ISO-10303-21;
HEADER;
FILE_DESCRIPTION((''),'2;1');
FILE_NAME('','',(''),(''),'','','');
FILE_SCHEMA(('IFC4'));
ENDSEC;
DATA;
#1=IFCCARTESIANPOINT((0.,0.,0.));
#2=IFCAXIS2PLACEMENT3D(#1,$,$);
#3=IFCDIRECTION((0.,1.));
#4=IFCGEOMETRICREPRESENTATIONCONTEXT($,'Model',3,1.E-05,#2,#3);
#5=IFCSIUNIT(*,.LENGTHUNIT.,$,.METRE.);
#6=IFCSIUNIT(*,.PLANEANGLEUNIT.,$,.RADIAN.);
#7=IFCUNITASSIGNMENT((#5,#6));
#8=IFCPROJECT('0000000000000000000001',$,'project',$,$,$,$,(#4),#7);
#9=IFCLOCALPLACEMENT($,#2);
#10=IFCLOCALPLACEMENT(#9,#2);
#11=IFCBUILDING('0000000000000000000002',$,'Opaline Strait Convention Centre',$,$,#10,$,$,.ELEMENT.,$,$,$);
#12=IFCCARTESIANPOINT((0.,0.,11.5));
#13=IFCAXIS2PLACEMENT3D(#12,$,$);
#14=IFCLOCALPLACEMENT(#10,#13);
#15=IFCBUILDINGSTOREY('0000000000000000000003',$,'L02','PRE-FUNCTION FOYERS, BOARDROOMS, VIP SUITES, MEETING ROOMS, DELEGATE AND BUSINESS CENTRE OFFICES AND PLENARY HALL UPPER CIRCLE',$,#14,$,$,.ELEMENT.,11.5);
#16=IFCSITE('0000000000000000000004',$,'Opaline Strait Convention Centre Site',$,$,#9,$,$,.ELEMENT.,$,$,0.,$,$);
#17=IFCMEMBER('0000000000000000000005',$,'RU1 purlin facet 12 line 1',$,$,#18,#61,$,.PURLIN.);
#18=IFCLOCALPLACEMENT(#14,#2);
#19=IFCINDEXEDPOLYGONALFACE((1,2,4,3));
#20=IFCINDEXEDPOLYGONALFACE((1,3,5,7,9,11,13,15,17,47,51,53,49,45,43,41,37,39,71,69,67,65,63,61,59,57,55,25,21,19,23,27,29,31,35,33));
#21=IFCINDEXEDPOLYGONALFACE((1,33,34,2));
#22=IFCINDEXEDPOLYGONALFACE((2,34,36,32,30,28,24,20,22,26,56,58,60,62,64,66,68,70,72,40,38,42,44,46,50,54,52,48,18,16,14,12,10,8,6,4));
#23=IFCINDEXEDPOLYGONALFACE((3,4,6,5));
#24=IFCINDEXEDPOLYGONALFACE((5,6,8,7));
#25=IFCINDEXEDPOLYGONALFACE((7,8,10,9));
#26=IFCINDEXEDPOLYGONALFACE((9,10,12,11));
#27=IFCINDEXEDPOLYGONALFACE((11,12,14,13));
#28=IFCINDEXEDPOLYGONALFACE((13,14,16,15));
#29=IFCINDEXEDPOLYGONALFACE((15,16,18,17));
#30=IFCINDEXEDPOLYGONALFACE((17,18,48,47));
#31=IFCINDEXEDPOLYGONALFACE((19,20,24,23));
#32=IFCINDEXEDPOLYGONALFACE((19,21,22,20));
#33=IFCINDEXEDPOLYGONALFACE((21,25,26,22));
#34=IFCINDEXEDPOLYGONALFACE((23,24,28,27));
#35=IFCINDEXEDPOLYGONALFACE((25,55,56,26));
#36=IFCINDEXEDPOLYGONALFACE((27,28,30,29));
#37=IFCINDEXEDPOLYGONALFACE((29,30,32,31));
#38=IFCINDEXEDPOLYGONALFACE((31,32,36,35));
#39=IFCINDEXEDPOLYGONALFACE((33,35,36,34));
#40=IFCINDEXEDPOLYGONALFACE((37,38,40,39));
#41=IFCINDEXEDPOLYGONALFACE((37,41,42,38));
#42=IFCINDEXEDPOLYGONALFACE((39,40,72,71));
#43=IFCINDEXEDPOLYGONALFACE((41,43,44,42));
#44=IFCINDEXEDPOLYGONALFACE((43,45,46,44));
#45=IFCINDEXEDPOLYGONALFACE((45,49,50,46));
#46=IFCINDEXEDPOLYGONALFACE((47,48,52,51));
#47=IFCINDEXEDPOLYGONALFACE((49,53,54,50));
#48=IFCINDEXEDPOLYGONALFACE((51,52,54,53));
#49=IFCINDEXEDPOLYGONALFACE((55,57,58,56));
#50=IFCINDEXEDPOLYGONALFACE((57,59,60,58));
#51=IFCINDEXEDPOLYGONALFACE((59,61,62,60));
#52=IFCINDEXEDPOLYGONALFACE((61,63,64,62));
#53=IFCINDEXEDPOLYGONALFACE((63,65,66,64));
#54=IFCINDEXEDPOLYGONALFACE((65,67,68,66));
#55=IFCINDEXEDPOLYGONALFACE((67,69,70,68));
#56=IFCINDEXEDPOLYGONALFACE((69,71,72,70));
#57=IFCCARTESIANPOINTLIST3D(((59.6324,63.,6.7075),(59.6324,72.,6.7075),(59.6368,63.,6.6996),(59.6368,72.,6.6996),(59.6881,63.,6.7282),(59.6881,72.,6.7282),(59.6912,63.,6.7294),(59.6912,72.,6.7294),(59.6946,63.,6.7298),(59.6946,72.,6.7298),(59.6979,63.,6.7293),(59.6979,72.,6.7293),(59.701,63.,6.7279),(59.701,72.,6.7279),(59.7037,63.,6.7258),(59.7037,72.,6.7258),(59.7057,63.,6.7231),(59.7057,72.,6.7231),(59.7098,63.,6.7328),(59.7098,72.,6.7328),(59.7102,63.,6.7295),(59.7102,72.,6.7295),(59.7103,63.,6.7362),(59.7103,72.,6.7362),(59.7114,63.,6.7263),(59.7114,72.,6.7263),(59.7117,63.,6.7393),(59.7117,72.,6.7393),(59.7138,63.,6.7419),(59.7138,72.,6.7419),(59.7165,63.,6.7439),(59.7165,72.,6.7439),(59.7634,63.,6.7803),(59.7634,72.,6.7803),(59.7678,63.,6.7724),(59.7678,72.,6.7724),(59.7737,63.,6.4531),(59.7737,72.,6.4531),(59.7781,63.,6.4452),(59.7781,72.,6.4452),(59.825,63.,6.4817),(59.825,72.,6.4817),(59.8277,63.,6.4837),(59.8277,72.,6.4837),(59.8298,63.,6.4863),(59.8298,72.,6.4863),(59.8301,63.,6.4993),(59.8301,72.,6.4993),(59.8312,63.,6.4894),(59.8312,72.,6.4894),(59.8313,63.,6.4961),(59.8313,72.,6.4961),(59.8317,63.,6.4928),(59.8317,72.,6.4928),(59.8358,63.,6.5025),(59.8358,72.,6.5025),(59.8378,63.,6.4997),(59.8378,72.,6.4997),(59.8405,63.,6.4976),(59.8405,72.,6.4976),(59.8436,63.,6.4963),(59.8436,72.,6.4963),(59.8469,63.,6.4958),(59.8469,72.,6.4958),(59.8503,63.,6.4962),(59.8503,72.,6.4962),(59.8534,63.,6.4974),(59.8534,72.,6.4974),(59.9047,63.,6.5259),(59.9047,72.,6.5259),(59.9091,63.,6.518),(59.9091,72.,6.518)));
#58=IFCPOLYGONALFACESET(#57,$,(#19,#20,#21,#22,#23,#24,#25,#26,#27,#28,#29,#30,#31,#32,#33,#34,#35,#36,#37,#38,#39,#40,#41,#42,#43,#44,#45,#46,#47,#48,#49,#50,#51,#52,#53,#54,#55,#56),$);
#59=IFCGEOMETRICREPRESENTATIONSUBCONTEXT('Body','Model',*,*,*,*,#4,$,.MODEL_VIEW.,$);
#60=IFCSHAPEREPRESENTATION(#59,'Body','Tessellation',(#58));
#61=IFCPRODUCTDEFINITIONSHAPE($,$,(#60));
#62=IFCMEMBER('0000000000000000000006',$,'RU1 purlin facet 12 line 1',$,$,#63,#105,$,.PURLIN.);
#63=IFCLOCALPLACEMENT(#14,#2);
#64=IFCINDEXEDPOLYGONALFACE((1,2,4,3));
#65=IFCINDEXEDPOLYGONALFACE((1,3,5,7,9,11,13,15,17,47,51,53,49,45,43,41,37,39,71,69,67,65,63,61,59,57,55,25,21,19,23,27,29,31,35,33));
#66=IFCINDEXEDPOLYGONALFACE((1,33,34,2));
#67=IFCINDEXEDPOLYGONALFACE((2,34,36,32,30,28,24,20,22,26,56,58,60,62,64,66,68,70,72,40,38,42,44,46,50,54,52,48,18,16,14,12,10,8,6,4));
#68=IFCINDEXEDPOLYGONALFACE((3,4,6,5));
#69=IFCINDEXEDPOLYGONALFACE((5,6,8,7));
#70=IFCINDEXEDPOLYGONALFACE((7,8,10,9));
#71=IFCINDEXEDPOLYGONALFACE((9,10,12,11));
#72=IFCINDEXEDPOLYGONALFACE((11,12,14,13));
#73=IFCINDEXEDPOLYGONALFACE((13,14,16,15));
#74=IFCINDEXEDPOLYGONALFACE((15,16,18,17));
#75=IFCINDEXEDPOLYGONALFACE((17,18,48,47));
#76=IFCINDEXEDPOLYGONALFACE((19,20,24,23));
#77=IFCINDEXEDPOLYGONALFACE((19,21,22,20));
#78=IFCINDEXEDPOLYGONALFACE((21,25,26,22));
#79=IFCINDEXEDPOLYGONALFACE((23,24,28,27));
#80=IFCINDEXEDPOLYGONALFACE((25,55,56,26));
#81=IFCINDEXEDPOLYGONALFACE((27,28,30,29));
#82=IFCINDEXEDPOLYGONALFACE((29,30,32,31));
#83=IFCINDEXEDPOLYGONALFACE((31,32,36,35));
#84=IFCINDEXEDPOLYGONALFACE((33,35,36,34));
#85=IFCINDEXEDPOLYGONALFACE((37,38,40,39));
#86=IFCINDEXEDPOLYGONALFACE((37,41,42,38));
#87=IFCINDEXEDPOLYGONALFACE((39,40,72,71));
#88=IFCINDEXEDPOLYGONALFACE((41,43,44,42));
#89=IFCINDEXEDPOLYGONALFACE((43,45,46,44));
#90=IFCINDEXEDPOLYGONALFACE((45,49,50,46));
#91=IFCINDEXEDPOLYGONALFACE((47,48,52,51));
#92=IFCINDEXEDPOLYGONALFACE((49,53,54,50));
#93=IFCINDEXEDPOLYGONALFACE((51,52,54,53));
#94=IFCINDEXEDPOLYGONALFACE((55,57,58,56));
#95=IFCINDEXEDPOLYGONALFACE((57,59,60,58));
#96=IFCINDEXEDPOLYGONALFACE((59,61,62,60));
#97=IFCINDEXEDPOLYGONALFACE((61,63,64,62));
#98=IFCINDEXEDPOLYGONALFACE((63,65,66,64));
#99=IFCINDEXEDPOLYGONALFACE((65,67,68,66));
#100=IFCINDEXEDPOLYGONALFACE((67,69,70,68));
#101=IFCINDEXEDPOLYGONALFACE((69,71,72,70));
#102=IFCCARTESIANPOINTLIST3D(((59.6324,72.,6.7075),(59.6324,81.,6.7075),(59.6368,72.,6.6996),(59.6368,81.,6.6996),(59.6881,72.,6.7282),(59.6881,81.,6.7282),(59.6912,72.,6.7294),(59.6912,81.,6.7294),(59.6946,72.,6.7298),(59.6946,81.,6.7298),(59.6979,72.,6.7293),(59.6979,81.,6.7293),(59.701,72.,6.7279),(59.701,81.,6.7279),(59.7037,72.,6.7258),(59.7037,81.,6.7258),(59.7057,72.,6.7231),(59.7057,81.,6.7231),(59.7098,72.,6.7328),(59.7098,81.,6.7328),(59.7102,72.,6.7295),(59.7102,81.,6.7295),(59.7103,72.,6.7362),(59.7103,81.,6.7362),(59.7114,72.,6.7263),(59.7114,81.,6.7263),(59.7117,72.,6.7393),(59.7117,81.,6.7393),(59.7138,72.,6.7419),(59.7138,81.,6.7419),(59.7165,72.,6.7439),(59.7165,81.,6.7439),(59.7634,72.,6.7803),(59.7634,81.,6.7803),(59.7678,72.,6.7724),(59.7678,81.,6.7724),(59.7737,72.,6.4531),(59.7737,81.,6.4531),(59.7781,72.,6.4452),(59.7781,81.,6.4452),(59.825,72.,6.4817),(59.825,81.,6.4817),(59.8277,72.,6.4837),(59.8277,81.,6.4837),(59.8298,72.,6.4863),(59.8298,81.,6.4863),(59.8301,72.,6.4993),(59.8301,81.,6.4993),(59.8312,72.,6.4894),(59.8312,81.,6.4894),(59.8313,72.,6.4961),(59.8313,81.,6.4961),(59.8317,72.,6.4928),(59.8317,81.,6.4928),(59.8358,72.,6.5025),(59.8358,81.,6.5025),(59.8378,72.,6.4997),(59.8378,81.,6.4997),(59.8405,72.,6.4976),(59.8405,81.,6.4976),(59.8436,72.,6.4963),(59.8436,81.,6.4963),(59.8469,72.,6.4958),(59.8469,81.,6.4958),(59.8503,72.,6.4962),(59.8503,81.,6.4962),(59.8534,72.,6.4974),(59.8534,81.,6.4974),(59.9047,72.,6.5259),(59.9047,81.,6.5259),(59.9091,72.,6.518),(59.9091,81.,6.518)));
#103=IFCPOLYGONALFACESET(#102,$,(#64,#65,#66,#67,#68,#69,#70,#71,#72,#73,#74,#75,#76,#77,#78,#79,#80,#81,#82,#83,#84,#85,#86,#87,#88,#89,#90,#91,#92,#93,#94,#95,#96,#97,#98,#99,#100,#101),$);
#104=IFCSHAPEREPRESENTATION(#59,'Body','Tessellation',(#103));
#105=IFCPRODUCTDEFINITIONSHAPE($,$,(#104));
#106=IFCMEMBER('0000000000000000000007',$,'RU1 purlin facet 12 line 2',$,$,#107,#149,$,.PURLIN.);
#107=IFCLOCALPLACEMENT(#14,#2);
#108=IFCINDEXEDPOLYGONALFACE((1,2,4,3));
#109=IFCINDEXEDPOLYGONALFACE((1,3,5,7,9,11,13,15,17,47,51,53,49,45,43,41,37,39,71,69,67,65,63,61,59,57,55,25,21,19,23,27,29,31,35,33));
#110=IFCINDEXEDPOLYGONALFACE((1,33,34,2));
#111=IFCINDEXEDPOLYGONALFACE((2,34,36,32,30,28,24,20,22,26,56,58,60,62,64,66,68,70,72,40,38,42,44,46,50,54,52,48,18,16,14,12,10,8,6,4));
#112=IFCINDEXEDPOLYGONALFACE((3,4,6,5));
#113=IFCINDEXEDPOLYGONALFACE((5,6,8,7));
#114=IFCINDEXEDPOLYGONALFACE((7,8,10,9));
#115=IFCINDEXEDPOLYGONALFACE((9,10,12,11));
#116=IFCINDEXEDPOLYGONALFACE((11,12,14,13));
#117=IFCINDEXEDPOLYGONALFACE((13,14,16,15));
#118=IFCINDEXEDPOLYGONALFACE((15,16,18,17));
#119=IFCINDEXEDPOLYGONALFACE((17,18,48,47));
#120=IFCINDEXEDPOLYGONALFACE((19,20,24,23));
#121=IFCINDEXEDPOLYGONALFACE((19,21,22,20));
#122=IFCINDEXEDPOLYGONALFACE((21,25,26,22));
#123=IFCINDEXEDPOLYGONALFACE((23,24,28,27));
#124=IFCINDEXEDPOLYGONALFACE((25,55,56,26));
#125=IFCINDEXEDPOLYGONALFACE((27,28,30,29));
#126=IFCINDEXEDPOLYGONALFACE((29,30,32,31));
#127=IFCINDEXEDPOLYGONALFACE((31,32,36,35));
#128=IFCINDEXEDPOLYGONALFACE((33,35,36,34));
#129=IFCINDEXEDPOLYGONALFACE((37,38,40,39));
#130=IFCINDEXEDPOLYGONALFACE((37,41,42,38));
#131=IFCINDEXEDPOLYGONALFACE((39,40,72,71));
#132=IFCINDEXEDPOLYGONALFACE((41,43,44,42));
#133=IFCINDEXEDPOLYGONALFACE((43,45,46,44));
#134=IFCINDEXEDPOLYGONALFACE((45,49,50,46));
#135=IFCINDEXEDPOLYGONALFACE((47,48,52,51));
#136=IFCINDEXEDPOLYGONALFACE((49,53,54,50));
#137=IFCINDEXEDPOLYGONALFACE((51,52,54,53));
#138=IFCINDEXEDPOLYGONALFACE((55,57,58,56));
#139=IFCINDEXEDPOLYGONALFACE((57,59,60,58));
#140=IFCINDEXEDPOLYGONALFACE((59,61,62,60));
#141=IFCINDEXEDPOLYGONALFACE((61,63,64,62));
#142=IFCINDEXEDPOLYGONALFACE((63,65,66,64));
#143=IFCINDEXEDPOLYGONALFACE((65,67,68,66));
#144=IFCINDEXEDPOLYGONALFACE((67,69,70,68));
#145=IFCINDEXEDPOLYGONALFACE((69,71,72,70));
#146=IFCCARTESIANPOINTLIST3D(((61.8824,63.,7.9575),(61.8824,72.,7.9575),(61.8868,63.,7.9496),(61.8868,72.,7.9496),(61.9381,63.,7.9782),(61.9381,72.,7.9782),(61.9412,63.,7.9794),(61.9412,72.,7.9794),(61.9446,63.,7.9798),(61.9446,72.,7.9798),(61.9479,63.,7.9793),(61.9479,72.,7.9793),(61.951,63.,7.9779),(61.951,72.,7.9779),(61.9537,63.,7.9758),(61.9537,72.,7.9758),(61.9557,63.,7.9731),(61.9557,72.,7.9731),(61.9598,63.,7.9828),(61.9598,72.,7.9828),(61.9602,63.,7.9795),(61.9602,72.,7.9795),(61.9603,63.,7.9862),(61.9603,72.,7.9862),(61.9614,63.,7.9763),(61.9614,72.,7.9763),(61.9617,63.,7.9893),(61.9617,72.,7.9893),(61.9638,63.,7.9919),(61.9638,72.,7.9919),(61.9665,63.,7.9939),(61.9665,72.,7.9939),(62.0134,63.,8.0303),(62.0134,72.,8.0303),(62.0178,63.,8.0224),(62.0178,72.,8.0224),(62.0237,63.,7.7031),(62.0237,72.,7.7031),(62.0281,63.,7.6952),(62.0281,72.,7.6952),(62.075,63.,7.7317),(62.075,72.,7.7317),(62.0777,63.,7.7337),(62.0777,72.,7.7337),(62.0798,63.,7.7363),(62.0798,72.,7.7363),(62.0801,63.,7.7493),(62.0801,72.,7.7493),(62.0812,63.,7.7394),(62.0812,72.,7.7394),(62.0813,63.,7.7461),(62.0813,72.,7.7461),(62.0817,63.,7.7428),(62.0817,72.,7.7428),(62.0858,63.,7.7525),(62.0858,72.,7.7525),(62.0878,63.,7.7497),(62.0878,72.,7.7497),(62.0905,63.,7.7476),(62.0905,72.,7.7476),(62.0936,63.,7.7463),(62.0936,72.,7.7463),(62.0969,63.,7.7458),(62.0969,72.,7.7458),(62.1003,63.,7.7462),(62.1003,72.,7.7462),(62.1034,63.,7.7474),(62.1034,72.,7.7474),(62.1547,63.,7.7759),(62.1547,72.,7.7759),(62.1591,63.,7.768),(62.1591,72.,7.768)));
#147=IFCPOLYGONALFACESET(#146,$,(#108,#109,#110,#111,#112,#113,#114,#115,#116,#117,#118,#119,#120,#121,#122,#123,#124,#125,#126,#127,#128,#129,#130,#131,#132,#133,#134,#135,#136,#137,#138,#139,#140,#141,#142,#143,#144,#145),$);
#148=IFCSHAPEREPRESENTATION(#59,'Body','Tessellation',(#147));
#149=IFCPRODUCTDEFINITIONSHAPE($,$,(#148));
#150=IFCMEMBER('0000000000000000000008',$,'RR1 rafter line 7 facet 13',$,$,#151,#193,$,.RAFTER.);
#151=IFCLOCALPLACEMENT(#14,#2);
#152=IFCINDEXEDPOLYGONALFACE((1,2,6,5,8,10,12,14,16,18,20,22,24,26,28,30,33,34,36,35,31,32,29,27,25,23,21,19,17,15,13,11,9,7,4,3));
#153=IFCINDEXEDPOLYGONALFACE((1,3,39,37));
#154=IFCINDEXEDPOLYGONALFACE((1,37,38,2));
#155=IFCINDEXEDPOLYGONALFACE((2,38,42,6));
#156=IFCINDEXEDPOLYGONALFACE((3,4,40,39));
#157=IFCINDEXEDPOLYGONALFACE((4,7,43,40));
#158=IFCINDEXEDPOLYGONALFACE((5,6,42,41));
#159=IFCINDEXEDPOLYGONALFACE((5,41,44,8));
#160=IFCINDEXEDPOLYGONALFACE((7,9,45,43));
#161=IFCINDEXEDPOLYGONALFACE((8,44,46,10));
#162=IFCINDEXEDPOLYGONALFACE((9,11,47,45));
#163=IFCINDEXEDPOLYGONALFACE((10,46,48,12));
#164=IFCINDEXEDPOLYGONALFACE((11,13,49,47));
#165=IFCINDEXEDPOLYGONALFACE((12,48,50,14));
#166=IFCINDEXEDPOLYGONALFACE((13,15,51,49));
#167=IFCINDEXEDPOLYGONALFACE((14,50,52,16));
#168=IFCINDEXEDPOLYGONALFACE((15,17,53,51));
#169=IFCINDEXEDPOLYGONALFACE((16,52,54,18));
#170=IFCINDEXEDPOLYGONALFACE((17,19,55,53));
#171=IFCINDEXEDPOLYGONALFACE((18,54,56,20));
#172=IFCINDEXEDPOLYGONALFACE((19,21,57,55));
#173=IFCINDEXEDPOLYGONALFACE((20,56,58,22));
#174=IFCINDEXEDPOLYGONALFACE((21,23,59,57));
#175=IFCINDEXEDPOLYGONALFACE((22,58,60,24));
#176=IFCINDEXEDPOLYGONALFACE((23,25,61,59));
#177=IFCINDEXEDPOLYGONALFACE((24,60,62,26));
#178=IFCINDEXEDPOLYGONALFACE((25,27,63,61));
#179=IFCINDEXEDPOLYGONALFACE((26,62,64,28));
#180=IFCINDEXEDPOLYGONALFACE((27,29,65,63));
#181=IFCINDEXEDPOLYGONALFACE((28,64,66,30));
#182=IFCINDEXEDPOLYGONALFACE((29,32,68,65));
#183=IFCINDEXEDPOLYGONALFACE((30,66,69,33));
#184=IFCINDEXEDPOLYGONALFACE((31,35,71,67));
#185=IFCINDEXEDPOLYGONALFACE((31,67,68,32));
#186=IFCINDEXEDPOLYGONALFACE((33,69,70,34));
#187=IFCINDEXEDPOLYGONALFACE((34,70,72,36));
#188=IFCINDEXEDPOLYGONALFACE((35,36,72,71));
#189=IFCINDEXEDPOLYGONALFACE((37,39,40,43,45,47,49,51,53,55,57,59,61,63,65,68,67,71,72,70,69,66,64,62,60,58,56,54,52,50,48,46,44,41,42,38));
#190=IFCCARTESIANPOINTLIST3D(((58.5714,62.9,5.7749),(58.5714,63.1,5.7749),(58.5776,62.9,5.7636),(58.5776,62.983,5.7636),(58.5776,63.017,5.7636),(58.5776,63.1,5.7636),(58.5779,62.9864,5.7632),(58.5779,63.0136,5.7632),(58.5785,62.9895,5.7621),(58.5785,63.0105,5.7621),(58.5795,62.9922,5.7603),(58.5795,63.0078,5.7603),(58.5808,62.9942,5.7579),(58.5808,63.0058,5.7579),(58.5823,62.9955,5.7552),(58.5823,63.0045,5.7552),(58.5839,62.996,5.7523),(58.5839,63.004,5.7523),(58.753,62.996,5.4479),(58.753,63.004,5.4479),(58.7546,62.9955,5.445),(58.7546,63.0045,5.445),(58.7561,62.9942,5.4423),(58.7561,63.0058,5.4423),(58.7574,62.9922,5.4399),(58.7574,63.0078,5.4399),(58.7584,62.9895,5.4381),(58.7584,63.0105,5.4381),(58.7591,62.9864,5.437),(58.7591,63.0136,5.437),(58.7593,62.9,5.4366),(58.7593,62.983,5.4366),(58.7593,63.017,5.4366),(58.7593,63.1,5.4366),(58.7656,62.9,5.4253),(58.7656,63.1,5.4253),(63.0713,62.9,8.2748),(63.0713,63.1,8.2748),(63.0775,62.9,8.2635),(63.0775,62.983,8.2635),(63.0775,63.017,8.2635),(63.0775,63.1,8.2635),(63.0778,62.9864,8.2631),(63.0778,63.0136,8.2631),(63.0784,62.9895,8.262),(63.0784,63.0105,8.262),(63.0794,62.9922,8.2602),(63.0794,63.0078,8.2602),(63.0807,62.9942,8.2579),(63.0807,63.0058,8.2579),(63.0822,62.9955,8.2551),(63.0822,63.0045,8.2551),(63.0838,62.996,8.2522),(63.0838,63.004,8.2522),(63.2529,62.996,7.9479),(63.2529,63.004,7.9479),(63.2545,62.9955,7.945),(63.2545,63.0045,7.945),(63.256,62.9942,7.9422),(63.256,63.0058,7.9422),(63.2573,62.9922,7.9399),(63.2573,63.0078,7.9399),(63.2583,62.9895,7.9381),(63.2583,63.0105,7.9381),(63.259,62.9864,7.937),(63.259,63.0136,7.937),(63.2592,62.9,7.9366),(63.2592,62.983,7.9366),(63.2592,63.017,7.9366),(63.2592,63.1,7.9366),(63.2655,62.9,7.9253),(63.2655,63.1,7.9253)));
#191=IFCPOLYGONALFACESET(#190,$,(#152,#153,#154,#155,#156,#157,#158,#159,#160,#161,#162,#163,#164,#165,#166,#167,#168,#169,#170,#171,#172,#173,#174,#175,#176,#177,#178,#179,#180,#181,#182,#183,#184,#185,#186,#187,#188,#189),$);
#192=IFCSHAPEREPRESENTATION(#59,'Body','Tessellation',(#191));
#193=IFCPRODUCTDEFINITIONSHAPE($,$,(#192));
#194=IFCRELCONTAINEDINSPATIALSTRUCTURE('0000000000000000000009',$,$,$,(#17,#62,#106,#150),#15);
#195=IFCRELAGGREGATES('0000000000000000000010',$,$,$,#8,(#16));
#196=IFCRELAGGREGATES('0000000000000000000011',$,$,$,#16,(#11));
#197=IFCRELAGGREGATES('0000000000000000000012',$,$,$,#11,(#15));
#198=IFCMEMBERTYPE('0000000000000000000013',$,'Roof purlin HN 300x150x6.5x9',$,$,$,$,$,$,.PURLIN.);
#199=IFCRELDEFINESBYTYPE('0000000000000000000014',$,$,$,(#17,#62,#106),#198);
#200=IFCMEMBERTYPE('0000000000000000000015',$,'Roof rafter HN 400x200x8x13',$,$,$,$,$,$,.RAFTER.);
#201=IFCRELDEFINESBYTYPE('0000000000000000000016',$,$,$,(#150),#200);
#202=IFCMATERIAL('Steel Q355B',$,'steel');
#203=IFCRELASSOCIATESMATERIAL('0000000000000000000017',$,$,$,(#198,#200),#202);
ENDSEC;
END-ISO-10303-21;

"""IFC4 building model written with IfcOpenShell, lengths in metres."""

from ifc_helpers import new_model, si_unit, direction, frame, origin, origin_2d, place, context, subcontext, project, spatial, i_section, extrude, material, material_profile, profile_set, type_object, element, save


model = new_model("IFC4")

# Units and contexts
model_context = context("Model", 3, precision=1e-05, world=origin(), true_north=direction((0.0, 1.0)))
body_context = subcontext(model_context, "Body", "Model", "MODEL_VIEW")
ifc_project = project(units=[si_unit("LENGTHUNIT", "METRE"), si_unit("PLANEANGLEUNIT", "RADIAN")], contexts=[model_context])

# Site, building, storey
site_placement = place(None, origin())
site = spatial("IfcSite", under=ifc_project, at=site_placement, Name="Opaline Strait Convention Centre Site", CompositionType="ELEMENT", RefElevation=0.0)
building_placement = place(site_placement, origin())
building = spatial("IfcBuilding", under=site, at=building_placement, Name="Opaline Strait Convention Centre", CompositionType="ELEMENT")
storey_placement = place(building_placement, frame((0.0, 0.0, 11.5)))
storey = spatial("IfcBuildingStorey", under=building, at=storey_placement, Name="L02", Description="PRE-FUNCTION FOYERS, BOARDROOMS, VIP SUITES, MEETING ROOMS, DELEGATE AND BUSINESS CENTRE OFFICES AND PLENARY HALL UPPER CIRCLE", CompositionType="ELEMENT", Elevation=11.5)

# Shared definitions
ifc_material_1 = material(Name="Steel Q355B", Category="steel")

# Members
ifc_material_profile_1 = material_profile(ifc_material_1, i_section(OverallWidth=0.1499, OverallDepth=0.3, WebThickness=0.0066, FlangeThickness=0.009, FilletRadius=0.0129, at=origin_2d()), Name="HN 300x150x6.5x9")
ifc_profile_set_1 = profile_set([ifc_material_profile_1], Name="Steel Q355B")
member_type_1 = type_object("IfcMemberType", Name="Roof purlin HN 300x150x6.5x9", PredefinedType="PURLIN", material=ifc_profile_set_1)
for number, where, z_axis, x_axis, name in (
    (1, (59.7708, 63.0, 6.6128), (0.0, 1.0, 0.0), (-0.874157, 0.0, -0.485643), "RU1 purlin facet 12 line 1"),
    (2, (59.7708, 72.0, 6.6128), (0.0, 1.0, 0.0), (-0.874157, 0.0, -0.485643), "RU1 purlin facet 12 line 1"),
    (3, (62.0208, 63.0, 7.8628), (0.0, 1.0, 0.0), (-0.874157, 0.0, -0.485643), "RU1 purlin facet 12 line 2"),
):
    element("IfcMember", number, at=place(storey_placement, frame(where, z_axis=z_axis, x_axis=x_axis)), inside=storey, type_object=member_type_1, Name=name, PredefinedType="PURLIN", context=body_context, shape_type="SweptSolid", body=[
        extrude(i_section(OverallWidth=0.1499, OverallDepth=0.3, WebThickness=0.0066, FlangeThickness=0.009, FilletRadius=0.0129, at=origin_2d()), origin(), (0.0, 0.0, 1.0), 9.0),
    ])
ifc_material_profile_2 = material_profile(ifc_material_1, i_section(OverallWidth=0.2, OverallDepth=0.3999, WebThickness=0.0081, FlangeThickness=0.0129, FilletRadius=0.0129, at=origin_2d()), Name="HN 400x200x8x13")
ifc_profile_set_2 = profile_set([ifc_material_profile_2], Name="Steel Q355B")
member_type_2 = type_object("IfcMemberType", Name="Roof rafter HN 400x200x8x13", PredefinedType="RAFTER", material=ifc_profile_set_2)
for number, where, z_axis, x_axis, name in (
    (4, (58.6685, 63.0, 5.6001), (0.874157, 0.0, 0.485643), (0.0, 1.0, 0.0), "RR1 rafter line 7 facet 13"),
):
    element("IfcMember", number, at=place(storey_placement, frame(where, z_axis=z_axis, x_axis=x_axis)), inside=storey, type_object=member_type_2, Name=name, PredefinedType="RAFTER", context=body_context, shape_type="SweptSolid", body=[
        extrude(i_section(OverallWidth=0.2, OverallDepth=0.3999, WebThickness=0.0081, FlangeThickness=0.0129, FilletRadius=0.0129, at=origin_2d()), origin(), (0.0, 0.0, 1.0), 5.1477),
    ])

save(model, "model.ifc")
